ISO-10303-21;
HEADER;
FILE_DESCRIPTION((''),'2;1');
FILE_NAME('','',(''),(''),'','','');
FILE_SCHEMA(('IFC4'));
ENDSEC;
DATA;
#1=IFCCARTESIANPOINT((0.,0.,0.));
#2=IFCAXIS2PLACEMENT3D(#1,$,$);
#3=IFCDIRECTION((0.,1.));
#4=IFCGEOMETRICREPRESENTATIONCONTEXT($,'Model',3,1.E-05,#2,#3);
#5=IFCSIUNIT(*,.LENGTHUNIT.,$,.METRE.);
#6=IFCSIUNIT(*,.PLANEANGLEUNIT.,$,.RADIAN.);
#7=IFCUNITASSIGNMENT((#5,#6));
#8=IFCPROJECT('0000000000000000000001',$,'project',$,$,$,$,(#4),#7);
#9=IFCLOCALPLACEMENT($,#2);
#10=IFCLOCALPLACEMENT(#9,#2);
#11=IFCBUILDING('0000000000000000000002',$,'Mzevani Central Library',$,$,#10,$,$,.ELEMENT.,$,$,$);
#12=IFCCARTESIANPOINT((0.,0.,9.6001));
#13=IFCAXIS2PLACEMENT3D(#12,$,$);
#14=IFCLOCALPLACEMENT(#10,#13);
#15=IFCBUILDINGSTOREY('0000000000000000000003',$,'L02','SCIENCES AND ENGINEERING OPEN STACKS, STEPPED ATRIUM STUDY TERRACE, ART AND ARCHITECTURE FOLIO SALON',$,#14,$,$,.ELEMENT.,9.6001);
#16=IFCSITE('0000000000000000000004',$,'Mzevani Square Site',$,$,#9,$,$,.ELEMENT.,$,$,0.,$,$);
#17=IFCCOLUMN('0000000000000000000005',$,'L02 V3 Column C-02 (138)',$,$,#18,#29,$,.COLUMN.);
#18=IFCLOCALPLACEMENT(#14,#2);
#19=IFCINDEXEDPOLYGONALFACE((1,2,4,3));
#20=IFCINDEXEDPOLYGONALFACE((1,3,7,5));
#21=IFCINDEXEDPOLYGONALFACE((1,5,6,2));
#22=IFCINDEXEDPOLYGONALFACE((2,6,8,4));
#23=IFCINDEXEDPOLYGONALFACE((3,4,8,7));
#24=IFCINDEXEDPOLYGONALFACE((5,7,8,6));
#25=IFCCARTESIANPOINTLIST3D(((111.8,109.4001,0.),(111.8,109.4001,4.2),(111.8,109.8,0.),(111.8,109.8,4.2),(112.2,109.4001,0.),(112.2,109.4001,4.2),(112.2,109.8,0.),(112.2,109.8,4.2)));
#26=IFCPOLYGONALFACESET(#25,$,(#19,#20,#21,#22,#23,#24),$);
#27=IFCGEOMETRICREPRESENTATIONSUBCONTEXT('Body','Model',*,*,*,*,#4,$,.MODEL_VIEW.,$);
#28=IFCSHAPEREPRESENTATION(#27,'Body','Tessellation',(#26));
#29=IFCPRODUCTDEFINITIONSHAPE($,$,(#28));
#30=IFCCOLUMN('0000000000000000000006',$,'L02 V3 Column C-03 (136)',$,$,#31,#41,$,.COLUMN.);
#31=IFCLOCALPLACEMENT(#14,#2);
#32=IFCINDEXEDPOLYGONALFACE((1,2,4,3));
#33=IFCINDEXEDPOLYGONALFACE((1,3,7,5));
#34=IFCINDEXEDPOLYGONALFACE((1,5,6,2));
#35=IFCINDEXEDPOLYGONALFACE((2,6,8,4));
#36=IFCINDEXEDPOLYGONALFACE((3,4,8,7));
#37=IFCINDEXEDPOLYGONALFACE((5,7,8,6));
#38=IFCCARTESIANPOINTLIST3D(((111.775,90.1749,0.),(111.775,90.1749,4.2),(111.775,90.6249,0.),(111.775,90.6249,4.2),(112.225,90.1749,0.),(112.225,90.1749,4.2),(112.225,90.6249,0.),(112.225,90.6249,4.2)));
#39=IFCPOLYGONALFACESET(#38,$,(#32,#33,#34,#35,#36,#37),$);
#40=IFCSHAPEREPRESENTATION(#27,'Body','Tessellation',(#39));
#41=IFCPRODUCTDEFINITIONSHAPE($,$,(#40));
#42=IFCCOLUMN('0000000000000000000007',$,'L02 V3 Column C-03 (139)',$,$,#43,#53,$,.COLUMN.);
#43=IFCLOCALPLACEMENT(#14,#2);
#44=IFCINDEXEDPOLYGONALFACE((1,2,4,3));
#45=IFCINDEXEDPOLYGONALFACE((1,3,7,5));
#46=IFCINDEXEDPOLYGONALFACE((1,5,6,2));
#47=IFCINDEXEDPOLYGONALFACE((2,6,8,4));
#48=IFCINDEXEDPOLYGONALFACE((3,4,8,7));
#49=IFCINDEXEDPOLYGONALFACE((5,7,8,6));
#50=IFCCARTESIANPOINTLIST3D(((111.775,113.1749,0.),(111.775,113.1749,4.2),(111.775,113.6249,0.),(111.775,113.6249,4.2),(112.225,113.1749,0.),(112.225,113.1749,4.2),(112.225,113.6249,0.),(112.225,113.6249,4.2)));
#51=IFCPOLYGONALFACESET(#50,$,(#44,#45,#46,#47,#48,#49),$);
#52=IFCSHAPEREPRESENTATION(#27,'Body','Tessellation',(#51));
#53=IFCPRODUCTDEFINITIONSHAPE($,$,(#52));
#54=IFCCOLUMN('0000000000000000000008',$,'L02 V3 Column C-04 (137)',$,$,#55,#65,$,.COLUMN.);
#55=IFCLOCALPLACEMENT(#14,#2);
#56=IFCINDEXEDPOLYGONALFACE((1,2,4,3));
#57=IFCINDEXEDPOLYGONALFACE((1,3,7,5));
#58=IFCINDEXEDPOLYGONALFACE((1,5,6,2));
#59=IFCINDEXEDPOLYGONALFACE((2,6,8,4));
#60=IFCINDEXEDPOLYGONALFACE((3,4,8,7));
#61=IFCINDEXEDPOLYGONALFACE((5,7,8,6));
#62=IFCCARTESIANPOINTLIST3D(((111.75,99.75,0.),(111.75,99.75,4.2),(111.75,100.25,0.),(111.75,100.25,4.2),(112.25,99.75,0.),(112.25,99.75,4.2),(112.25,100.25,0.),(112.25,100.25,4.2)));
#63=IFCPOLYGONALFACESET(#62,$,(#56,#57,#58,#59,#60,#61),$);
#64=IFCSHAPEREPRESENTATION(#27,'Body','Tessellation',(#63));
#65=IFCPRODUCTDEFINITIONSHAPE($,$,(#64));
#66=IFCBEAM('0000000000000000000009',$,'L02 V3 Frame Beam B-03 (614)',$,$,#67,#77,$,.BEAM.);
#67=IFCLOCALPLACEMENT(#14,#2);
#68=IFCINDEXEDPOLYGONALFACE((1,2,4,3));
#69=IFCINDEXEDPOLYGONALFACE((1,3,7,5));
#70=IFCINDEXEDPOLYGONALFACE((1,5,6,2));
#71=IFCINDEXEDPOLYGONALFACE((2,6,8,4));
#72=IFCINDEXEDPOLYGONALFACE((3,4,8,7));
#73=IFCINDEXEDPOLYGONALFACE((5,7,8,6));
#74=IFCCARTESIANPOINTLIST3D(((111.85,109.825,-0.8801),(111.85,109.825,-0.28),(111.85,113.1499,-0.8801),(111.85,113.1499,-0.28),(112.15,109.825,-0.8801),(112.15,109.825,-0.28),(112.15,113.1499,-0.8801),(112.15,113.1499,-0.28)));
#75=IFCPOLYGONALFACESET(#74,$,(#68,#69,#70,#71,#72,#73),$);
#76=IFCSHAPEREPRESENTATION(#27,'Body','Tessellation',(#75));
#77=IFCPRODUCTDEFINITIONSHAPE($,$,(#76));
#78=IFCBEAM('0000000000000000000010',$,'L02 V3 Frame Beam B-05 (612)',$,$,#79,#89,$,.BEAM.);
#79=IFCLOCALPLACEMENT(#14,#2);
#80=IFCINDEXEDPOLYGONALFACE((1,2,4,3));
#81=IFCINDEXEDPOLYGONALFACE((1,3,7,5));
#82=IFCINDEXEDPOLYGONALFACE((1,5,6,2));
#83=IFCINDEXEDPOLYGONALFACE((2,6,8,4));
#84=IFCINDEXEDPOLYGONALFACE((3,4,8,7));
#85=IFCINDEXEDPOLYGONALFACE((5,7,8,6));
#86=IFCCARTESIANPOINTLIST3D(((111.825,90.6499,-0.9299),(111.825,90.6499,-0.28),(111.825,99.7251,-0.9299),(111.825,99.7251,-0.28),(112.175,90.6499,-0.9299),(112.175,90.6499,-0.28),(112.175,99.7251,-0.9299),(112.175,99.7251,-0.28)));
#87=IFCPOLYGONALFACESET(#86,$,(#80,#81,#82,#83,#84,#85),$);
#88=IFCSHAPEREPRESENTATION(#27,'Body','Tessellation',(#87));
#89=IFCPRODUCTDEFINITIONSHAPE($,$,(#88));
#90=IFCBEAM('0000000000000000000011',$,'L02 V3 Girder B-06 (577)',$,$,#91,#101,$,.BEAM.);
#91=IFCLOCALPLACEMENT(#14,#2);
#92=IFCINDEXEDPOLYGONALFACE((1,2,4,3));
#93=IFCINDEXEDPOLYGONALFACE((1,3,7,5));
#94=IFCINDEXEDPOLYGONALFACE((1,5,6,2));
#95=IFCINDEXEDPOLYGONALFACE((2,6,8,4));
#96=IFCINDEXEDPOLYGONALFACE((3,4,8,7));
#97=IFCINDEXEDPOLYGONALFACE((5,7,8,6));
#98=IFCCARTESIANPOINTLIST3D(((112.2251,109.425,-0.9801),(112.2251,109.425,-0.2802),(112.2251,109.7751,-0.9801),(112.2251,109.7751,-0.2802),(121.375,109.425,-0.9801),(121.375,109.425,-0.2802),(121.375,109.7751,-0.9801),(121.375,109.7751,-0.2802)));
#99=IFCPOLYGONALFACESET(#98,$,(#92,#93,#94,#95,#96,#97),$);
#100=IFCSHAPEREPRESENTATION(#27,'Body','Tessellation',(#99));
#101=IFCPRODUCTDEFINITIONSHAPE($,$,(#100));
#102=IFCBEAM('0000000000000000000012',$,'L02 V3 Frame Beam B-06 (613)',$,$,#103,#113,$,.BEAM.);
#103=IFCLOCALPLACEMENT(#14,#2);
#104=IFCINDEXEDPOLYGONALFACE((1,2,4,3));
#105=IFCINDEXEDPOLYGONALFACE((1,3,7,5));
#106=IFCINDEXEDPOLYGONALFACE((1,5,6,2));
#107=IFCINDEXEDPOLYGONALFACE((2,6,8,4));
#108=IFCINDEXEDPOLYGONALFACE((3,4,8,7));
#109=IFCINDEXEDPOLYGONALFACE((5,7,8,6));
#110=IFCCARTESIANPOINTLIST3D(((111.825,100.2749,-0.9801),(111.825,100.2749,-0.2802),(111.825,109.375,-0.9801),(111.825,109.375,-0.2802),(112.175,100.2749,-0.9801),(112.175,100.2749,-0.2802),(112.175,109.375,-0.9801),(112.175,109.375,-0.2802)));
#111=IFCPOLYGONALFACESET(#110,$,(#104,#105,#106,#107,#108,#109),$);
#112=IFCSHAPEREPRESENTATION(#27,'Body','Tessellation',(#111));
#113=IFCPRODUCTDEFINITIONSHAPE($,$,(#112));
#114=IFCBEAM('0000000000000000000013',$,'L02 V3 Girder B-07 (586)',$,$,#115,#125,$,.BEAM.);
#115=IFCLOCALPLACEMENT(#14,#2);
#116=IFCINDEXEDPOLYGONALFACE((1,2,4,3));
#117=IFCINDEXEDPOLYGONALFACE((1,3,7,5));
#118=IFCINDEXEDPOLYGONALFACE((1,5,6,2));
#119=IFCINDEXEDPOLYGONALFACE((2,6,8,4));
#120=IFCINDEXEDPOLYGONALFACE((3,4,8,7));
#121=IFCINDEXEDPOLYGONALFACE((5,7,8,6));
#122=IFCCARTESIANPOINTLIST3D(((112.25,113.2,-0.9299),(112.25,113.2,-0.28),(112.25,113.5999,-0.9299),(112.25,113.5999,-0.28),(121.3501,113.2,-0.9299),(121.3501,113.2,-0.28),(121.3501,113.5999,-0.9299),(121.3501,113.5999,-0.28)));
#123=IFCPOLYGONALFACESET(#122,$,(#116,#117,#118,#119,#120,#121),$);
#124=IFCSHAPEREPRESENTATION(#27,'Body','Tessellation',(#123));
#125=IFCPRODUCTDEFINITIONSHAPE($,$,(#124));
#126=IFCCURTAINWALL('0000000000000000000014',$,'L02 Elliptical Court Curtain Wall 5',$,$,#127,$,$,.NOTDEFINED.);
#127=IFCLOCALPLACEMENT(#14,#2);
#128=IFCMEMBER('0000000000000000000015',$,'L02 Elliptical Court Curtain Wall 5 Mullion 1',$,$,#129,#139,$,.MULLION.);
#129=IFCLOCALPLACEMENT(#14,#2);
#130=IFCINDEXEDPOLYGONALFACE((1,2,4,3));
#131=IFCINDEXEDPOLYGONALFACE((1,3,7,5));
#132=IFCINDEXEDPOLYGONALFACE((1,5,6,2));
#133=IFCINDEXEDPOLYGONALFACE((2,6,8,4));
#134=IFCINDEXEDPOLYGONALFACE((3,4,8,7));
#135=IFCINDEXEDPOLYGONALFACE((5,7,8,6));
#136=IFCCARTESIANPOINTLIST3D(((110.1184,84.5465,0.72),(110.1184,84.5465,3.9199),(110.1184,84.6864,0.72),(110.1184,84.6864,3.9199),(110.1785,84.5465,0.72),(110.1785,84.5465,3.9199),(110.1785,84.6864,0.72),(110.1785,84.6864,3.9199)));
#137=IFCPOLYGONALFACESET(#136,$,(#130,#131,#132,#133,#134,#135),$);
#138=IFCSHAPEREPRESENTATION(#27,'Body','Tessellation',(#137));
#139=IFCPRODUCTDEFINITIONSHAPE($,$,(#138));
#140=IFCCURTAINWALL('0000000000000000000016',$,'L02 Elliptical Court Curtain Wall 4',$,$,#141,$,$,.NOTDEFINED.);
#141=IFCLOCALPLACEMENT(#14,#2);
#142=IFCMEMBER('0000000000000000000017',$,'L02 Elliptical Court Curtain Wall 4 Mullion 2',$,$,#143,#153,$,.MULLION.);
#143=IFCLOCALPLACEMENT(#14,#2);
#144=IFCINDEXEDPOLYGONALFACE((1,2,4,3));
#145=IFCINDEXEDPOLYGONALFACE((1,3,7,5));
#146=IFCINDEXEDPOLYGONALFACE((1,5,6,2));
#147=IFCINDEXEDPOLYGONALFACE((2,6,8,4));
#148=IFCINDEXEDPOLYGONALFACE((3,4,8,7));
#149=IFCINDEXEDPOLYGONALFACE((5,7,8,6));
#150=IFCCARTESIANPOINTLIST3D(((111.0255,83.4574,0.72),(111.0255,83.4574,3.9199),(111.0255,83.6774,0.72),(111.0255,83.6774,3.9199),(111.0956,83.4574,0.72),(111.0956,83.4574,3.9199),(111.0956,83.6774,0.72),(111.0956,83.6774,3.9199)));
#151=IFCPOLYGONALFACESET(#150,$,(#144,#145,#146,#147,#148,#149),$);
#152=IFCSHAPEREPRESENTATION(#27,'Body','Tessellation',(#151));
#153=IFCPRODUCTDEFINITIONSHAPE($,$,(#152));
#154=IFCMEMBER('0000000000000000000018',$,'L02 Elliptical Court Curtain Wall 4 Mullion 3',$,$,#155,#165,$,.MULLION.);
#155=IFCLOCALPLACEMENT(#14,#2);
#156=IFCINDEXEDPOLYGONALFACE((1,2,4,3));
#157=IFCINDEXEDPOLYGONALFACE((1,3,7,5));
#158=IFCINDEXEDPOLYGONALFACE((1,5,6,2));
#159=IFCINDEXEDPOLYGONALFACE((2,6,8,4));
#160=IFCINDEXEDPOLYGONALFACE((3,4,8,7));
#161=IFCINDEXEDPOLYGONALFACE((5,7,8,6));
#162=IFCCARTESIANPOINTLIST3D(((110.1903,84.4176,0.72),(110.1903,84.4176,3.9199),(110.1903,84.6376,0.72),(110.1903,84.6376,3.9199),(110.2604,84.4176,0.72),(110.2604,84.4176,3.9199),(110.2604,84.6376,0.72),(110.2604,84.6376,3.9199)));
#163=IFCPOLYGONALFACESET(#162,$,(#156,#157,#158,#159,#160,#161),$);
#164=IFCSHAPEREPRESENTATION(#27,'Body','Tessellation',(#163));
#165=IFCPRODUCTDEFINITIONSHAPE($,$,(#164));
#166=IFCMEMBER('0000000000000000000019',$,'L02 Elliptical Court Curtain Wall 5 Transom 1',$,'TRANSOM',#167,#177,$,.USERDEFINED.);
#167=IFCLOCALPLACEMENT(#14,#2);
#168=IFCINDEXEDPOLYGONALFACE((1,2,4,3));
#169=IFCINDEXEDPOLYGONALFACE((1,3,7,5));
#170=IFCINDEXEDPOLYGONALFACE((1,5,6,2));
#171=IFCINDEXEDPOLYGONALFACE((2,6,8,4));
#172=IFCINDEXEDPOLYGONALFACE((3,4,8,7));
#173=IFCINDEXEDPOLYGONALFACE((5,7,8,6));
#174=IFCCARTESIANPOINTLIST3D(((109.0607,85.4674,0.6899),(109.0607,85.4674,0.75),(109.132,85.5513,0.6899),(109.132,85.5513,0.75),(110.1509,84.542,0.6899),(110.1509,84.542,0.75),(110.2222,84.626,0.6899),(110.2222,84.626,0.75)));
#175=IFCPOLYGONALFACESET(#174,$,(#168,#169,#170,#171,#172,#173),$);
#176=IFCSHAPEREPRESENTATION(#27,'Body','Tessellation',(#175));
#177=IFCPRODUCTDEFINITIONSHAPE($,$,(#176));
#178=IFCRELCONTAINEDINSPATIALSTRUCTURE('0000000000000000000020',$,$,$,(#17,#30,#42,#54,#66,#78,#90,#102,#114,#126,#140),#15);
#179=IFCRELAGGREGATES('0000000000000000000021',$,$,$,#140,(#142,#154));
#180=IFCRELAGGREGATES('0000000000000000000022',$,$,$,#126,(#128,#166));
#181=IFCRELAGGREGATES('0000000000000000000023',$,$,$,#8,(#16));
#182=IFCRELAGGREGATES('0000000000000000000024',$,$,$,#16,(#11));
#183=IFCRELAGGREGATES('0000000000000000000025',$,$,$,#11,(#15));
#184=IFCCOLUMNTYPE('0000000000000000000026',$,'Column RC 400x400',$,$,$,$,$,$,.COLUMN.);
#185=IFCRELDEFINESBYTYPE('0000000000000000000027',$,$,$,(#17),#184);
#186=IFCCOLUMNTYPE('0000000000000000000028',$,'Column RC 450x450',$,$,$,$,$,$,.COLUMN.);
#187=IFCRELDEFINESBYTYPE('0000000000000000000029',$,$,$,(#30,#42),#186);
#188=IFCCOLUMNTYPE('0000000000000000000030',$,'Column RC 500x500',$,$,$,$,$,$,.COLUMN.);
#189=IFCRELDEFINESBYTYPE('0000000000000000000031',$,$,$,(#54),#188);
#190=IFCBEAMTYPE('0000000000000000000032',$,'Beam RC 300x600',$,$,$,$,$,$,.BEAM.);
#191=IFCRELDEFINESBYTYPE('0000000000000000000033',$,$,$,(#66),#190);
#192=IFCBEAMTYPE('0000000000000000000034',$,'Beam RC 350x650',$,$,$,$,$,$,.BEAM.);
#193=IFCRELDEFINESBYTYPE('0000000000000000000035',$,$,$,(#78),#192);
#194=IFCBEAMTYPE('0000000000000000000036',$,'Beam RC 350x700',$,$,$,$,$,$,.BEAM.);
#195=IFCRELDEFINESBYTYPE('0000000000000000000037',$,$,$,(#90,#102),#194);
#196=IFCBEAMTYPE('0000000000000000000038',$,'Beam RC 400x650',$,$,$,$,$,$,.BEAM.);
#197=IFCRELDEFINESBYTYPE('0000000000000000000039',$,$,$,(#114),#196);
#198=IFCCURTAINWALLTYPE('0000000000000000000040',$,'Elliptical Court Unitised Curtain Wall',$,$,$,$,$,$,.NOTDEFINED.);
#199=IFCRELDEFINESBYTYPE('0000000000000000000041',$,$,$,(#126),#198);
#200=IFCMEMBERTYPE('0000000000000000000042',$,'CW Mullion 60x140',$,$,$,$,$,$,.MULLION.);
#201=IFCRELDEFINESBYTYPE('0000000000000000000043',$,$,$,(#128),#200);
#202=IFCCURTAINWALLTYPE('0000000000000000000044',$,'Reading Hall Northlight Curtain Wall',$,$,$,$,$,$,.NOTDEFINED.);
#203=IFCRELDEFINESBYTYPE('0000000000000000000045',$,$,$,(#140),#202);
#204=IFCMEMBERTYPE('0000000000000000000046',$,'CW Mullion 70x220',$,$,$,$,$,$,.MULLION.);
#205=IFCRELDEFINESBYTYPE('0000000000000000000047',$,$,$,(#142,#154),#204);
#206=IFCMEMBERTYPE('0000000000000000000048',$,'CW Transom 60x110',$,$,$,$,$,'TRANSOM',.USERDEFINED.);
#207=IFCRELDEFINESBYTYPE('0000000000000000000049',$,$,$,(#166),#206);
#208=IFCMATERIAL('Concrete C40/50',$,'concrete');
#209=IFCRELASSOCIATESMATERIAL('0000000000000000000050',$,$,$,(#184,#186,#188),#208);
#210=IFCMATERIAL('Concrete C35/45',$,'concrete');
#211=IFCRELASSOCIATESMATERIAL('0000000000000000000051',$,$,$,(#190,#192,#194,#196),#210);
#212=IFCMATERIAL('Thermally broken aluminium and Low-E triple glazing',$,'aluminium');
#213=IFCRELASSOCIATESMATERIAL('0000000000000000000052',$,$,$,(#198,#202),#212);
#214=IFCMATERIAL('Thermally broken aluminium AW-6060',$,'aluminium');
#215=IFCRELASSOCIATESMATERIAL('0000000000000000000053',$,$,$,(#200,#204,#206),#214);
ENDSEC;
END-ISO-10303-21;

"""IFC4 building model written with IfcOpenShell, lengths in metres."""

from ifc_helpers import new_model, si_unit, direction, frame, origin, origin_2d, place, context, subcontext, project, spatial, rectangle, extrude, material, material_profile, profile_set, type_object, element, aggregate, save


model = new_model("IFC4")

# Units and contexts
model_context = context("Model", 3, precision=1e-05, world=origin(), true_north=direction((0.0, 1.0)))
body_context = subcontext(model_context, "Body", "Model", "MODEL_VIEW")
ifc_project = project(units=[si_unit("LENGTHUNIT", "METRE"), si_unit("PLANEANGLEUNIT", "RADIAN")], contexts=[model_context])

# Site, building, storey
site_placement = place(None, origin())
site = spatial("IfcSite", under=ifc_project, at=site_placement, Name="Mzevani Square Site", CompositionType="ELEMENT", RefElevation=0.0)
building_placement = place(site_placement, origin())
building = spatial("IfcBuilding", under=site, at=building_placement, Name="Mzevani Central Library", CompositionType="ELEMENT")
storey_placement = place(building_placement, frame((0.0, 0.0, 9.6001)))
storey = spatial("IfcBuildingStorey", under=building, at=storey_placement, Name="L02", Description="SCIENCES AND ENGINEERING OPEN STACKS, STEPPED ATRIUM STUDY TERRACE, ART AND ARCHITECTURE FOLIO SALON", CompositionType="ELEMENT", Elevation=9.6001)

# Columns
ifc_material_1 = material(Name="Concrete C40/50", Category="concrete")
ifc_material_profile_1 = material_profile(ifc_material_1, rectangle(XDim=0.3999, YDim=0.3999, at=origin_2d()), Name="RC 400x400")
ifc_profile_set_1 = profile_set([ifc_material_profile_1], Name="Concrete C40/50")
column_type_1 = type_object("IfcColumnType", Name="Column RC 400x400", PredefinedType="COLUMN", material=ifc_profile_set_1)
column_1_placement = place(storey_placement, frame((112.0, 109.6001, 0.0), z_axis=(0.0, 0.0, 1.0), x_axis=(1.0, 0.0, 0.0)))
element("IfcColumn", 1, at=column_1_placement, inside=storey, type_object=column_type_1, Name="L02 V3 Column C-02 (138)", PredefinedType="COLUMN", context=body_context, shape_type="SweptSolid", body=[
    extrude(rectangle(XDim=0.3999, YDim=0.3999, at=origin_2d()), origin(), (0.0, 0.0, 1.0), 4.2),
])
ifc_material_profile_2 = material_profile(ifc_material_1, rectangle(XDim=0.45, YDim=0.45, at=origin_2d()), Name="RC 450x450")
ifc_profile_set_2 = profile_set([ifc_material_profile_2], Name="Concrete C40/50")
column_type_2 = type_object("IfcColumnType", Name="Column RC 450x450", PredefinedType="COLUMN", material=ifc_profile_set_2)
for number, where, z_axis, x_axis, name in (
    (2, (112.0, 90.3999, 0.0), (0.0, 0.0, 1.0), (1.0, 0.0, 0.0), "L02 V3 Column C-03 (136)"),
    (3, (112.0, 113.3999, 0.0), (0.0, 0.0, 1.0), (1.0, 0.0, 0.0), "L02 V3 Column C-03 (139)"),
):
    element("IfcColumn", number, at=place(storey_placement, frame(where, z_axis=z_axis, x_axis=x_axis)), inside=storey, type_object=column_type_2, Name=name, PredefinedType="COLUMN", context=body_context, shape_type="SweptSolid", body=[
        extrude(rectangle(XDim=0.45, YDim=0.45, at=origin_2d()), origin(), (0.0, 0.0, 1.0), 4.2),
    ])
ifc_material_profile_3 = material_profile(ifc_material_1, rectangle(XDim=0.5, YDim=0.5, at=origin_2d()), Name="RC 500x500")
ifc_profile_set_3 = profile_set([ifc_material_profile_3], Name="Concrete C40/50")
column_type_3 = type_object("IfcColumnType", Name="Column RC 500x500", PredefinedType="COLUMN", material=ifc_profile_set_3)
column_2_placement = place(storey_placement, frame((112.0, 100.0, 0.0), z_axis=(0.0, 0.0, 1.0), x_axis=(1.0, 0.0, 0.0)))
element("IfcColumn", 4, at=column_2_placement, inside=storey, type_object=column_type_3, Name="L02 V3 Column C-04 (137)", PredefinedType="COLUMN", context=body_context, shape_type="SweptSolid", body=[
    extrude(rectangle(XDim=0.5, YDim=0.5, at=origin_2d()), origin(), (0.0, 0.0, 1.0), 4.2),
])

# Beams
ifc_material_2 = material(Name="Concrete C35/45", Category="concrete")
ifc_material_profile_4 = material_profile(ifc_material_2, rectangle(XDim=0.3, YDim=0.6001, at=origin_2d()), Name="RC B300x600")
ifc_profile_set_4 = profile_set([ifc_material_profile_4], Name="Concrete C35/45")
beam_type_1 = type_object("IfcBeamType", Name="Beam RC 300x600", PredefinedType="BEAM", material=ifc_profile_set_4)
beam_1_placement = place(storey_placement, frame((112.0, 109.825, -0.5801), z_axis=(0.0, 1.0, 0.0), x_axis=(-1.0, 0.0, 0.0)))
element("IfcBeam", 5, at=beam_1_placement, inside=storey, type_object=beam_type_1, Name="L02 V3 Frame Beam B-03 (614)", PredefinedType="BEAM", context=body_context, shape_type="SweptSolid", body=[
    extrude(rectangle(XDim=0.3, YDim=0.6001, at=origin_2d()), origin(), (0.0, 0.0, 1.0), 3.325),
])
ifc_material_profile_5 = material_profile(ifc_material_2, rectangle(XDim=0.3501, YDim=0.6499, at=origin_2d()), Name="RC B350x650")
ifc_profile_set_5 = profile_set([ifc_material_profile_5], Name="Concrete C35/45")
beam_type_2 = type_object("IfcBeamType", Name="Beam RC 350x650", PredefinedType="BEAM", material=ifc_profile_set_5)
beam_2_placement = place(storey_placement, frame((112.0, 90.6499, -0.605), z_axis=(0.0, 1.0, 0.0), x_axis=(-1.0, 0.0, 0.0)))
element("IfcBeam", 6, at=beam_2_placement, inside=storey, type_object=beam_type_2, Name="L02 V3 Frame Beam B-05 (612)", PredefinedType="BEAM", context=body_context, shape_type="SweptSolid", body=[
    extrude(rectangle(XDim=0.3501, YDim=0.6499, at=origin_2d()), origin(), (0.0, 0.0, 1.0), 9.0752),
])
ifc_material_profile_6 = material_profile(ifc_material_2, rectangle(XDim=0.3501, YDim=0.7, at=origin_2d()), Name="RC B350x700")
ifc_profile_set_6 = profile_set([ifc_material_profile_6], Name="Concrete C35/45")
beam_type_3 = type_object("IfcBeamType", Name="Beam RC 350x700", PredefinedType="BEAM", material=ifc_profile_set_6)
beam_3_placement = place(storey_placement, frame((112.2251, 109.6001, -0.6301), z_axis=(1.0, 0.0, 0.0), x_axis=(0.0, 1.0, 0.0)))
element("IfcBeam", 7, at=beam_3_placement, inside=storey, type_object=beam_type_3, Name="L02 V3 Girder B-06 (577)", PredefinedType="BEAM", context=body_context, shape_type="SweptSolid", body=[
    extrude(rectangle(XDim=0.3501, YDim=0.7, at=origin_2d()), origin(), (0.0, 0.0, 1.0), 9.1499),
])
beam_4_placement = place(storey_placement, frame((112.0, 100.2749, -0.6301), z_axis=(0.0, 1.0, 0.0), x_axis=(-1.0, 0.0, 0.0)))
element("IfcBeam", 8, at=beam_4_placement, inside=storey, type_object=beam_type_3, Name="L02 V3 Frame Beam B-06 (613)", PredefinedType="BEAM", context=body_context, shape_type="SweptSolid", body=[
    extrude(rectangle(XDim=0.3501, YDim=0.7, at=origin_2d()), origin(), (0.0, 0.0, 1.0), 9.1001),
])
ifc_material_profile_7 = material_profile(ifc_material_2, rectangle(XDim=0.3999, YDim=0.6499, at=origin_2d()), Name="RC B400x650")
ifc_profile_set_7 = profile_set([ifc_material_profile_7], Name="Concrete C35/45")
beam_type_4 = type_object("IfcBeamType", Name="Beam RC 400x650", PredefinedType="BEAM", material=ifc_profile_set_7)
beam_5_placement = place(storey_placement, frame((112.25, 113.3999, -0.605), z_axis=(1.0, 0.0, 0.0), x_axis=(0.0, 1.0, 0.0)))
element("IfcBeam", 9, at=beam_5_placement, inside=storey, type_object=beam_type_4, Name="L02 V3 Girder B-07 (586)", PredefinedType="BEAM", context=body_context, shape_type="SweptSolid", body=[
    extrude(rectangle(XDim=0.3999, YDim=0.6499, at=origin_2d()), origin(), (0.0, 0.0, 1.0), 9.1001),
])

# Curtain wall, member
ifc_material_3 = material(Name="Thermally broken aluminium and Low-E triple glazing", Category="aluminium")
curtain_wall_type_1 = type_object("IfcCurtainWallType", Name="Elliptical Court Unitised Curtain Wall", PredefinedType="NOTDEFINED", material=ifc_material_3)
curtain_wall_1_placement = place(storey_placement, origin())
curtain_wall_1 = element("IfcCurtainWall", 10, at=curtain_wall_1_placement, inside=storey, type_object=curtain_wall_type_1, Name="L02 Elliptical Court Curtain Wall 5", PredefinedType="NOTDEFINED")
ifc_material_4 = material(Name="Thermally broken aluminium AW-6060", Category="aluminium")
ifc_material_profile_8 = material_profile(ifc_material_4, rectangle(XDim=0.0601, YDim=0.1399, at=origin_2d()), Name="ALU M60x140")
ifc_profile_set_8 = profile_set([ifc_material_profile_8], Name="Thermally broken aluminium AW-6060")
member_type_1 = type_object("IfcMemberType", Name="CW Mullion 60x140", PredefinedType="MULLION", material=ifc_profile_set_8)
member_1_placement = place(storey_placement, frame((110.1484, 84.6165, 0.72), z_axis=(0.0, 0.0, 1.0), x_axis=(1.0, 0.0, 0.0)))
member_1 = element("IfcMember", 11, at=member_1_placement, type_object=member_type_1, Name="L02 Elliptical Court Curtain Wall 5 Mullion 1", PredefinedType="MULLION", context=body_context, shape_type="SweptSolid", body=[
    extrude(rectangle(XDim=0.0601, YDim=0.1399, at=origin_2d()), origin(), (0.0, 0.0, 1.0), 3.2),
])

# Curtain wall, members
curtain_wall_type_2 = type_object("IfcCurtainWallType", Name="Reading Hall Northlight Curtain Wall", PredefinedType="NOTDEFINED", material=ifc_material_3)
curtain_wall_2_placement = place(storey_placement, origin())
curtain_wall_2 = element("IfcCurtainWall", 12, at=curtain_wall_2_placement, inside=storey, type_object=curtain_wall_type_2, Name="L02 Elliptical Court Curtain Wall 4", PredefinedType="NOTDEFINED")
ifc_material_profile_9 = material_profile(ifc_material_4, rectangle(XDim=0.0701, YDim=0.22, at=origin_2d()), Name="ALU M70x220")
ifc_profile_set_9 = profile_set([ifc_material_profile_9], Name="Thermally broken aluminium AW-6060")
member_type_2 = type_object("IfcMemberType", Name="CW Mullion 70x220", PredefinedType="MULLION", material=ifc_profile_set_9)
member_2_placement = place(storey_placement, frame((111.0605, 83.5674, 0.72), z_axis=(0.0, 0.0, 1.0), x_axis=(1.0, 0.0, 0.0)))
member_2 = element("IfcMember", 13, at=member_2_placement, type_object=member_type_2, Name="L02 Elliptical Court Curtain Wall 4 Mullion 2", PredefinedType="MULLION", context=body_context, shape_type="SweptSolid", body=[
    extrude(rectangle(XDim=0.0701, YDim=0.22, at=origin_2d()), origin(), (0.0, 0.0, 1.0), 3.2),
])
member_3_placement = place(storey_placement, frame((110.2253, 84.5276, 0.72), z_axis=(0.0, 0.0, 1.0), x_axis=(1.0, 0.0, 0.0)))
member_3 = element("IfcMember", 14, at=member_3_placement, type_object=member_type_2, Name="L02 Elliptical Court Curtain Wall 4 Mullion 3", PredefinedType="MULLION", context=body_context, shape_type="SweptSolid", body=[
    extrude(rectangle(XDim=0.0701, YDim=0.22, at=origin_2d()), origin(), (0.0, 0.0, 1.0), 3.2),
])

# Member
ifc_material_profile_10 = material_profile(ifc_material_4, rectangle(XDim=0.1101, YDim=0.0601, at=origin_2d()), Name="ALU T60x110")
ifc_profile_set_10 = profile_set([ifc_material_profile_10], Name="Thermally broken aluminium AW-6060")
member_type_3 = type_object("IfcMemberType", Name="CW Transom 60x110", ElementType="TRANSOM", PredefinedType="USERDEFINED", material=ifc_profile_set_10)
member_4_placement = place(storey_placement, frame((110.1865, 84.584, 0.72), z_axis=(-0.762381, 0.647128, 0.0), x_axis=(-0.647128, -0.762381, 0.0)))
member_4 = element("IfcMember", 15, at=member_4_placement, type_object=member_type_3, Name="L02 Elliptical Court Curtain Wall 5 Transom 1", ObjectType="TRANSOM", PredefinedType="USERDEFINED", context=body_context, shape_type="SweptSolid", body=[
    extrude(rectangle(XDim=0.1101, YDim=0.0601, at=origin_2d()), origin(), (0.0, 0.0, 1.0), 1.4299),
])

aggregate(curtain_wall_2, [member_2, member_3])
aggregate(curtain_wall_1, [member_1, member_4])

save(model, "model.ifc")
